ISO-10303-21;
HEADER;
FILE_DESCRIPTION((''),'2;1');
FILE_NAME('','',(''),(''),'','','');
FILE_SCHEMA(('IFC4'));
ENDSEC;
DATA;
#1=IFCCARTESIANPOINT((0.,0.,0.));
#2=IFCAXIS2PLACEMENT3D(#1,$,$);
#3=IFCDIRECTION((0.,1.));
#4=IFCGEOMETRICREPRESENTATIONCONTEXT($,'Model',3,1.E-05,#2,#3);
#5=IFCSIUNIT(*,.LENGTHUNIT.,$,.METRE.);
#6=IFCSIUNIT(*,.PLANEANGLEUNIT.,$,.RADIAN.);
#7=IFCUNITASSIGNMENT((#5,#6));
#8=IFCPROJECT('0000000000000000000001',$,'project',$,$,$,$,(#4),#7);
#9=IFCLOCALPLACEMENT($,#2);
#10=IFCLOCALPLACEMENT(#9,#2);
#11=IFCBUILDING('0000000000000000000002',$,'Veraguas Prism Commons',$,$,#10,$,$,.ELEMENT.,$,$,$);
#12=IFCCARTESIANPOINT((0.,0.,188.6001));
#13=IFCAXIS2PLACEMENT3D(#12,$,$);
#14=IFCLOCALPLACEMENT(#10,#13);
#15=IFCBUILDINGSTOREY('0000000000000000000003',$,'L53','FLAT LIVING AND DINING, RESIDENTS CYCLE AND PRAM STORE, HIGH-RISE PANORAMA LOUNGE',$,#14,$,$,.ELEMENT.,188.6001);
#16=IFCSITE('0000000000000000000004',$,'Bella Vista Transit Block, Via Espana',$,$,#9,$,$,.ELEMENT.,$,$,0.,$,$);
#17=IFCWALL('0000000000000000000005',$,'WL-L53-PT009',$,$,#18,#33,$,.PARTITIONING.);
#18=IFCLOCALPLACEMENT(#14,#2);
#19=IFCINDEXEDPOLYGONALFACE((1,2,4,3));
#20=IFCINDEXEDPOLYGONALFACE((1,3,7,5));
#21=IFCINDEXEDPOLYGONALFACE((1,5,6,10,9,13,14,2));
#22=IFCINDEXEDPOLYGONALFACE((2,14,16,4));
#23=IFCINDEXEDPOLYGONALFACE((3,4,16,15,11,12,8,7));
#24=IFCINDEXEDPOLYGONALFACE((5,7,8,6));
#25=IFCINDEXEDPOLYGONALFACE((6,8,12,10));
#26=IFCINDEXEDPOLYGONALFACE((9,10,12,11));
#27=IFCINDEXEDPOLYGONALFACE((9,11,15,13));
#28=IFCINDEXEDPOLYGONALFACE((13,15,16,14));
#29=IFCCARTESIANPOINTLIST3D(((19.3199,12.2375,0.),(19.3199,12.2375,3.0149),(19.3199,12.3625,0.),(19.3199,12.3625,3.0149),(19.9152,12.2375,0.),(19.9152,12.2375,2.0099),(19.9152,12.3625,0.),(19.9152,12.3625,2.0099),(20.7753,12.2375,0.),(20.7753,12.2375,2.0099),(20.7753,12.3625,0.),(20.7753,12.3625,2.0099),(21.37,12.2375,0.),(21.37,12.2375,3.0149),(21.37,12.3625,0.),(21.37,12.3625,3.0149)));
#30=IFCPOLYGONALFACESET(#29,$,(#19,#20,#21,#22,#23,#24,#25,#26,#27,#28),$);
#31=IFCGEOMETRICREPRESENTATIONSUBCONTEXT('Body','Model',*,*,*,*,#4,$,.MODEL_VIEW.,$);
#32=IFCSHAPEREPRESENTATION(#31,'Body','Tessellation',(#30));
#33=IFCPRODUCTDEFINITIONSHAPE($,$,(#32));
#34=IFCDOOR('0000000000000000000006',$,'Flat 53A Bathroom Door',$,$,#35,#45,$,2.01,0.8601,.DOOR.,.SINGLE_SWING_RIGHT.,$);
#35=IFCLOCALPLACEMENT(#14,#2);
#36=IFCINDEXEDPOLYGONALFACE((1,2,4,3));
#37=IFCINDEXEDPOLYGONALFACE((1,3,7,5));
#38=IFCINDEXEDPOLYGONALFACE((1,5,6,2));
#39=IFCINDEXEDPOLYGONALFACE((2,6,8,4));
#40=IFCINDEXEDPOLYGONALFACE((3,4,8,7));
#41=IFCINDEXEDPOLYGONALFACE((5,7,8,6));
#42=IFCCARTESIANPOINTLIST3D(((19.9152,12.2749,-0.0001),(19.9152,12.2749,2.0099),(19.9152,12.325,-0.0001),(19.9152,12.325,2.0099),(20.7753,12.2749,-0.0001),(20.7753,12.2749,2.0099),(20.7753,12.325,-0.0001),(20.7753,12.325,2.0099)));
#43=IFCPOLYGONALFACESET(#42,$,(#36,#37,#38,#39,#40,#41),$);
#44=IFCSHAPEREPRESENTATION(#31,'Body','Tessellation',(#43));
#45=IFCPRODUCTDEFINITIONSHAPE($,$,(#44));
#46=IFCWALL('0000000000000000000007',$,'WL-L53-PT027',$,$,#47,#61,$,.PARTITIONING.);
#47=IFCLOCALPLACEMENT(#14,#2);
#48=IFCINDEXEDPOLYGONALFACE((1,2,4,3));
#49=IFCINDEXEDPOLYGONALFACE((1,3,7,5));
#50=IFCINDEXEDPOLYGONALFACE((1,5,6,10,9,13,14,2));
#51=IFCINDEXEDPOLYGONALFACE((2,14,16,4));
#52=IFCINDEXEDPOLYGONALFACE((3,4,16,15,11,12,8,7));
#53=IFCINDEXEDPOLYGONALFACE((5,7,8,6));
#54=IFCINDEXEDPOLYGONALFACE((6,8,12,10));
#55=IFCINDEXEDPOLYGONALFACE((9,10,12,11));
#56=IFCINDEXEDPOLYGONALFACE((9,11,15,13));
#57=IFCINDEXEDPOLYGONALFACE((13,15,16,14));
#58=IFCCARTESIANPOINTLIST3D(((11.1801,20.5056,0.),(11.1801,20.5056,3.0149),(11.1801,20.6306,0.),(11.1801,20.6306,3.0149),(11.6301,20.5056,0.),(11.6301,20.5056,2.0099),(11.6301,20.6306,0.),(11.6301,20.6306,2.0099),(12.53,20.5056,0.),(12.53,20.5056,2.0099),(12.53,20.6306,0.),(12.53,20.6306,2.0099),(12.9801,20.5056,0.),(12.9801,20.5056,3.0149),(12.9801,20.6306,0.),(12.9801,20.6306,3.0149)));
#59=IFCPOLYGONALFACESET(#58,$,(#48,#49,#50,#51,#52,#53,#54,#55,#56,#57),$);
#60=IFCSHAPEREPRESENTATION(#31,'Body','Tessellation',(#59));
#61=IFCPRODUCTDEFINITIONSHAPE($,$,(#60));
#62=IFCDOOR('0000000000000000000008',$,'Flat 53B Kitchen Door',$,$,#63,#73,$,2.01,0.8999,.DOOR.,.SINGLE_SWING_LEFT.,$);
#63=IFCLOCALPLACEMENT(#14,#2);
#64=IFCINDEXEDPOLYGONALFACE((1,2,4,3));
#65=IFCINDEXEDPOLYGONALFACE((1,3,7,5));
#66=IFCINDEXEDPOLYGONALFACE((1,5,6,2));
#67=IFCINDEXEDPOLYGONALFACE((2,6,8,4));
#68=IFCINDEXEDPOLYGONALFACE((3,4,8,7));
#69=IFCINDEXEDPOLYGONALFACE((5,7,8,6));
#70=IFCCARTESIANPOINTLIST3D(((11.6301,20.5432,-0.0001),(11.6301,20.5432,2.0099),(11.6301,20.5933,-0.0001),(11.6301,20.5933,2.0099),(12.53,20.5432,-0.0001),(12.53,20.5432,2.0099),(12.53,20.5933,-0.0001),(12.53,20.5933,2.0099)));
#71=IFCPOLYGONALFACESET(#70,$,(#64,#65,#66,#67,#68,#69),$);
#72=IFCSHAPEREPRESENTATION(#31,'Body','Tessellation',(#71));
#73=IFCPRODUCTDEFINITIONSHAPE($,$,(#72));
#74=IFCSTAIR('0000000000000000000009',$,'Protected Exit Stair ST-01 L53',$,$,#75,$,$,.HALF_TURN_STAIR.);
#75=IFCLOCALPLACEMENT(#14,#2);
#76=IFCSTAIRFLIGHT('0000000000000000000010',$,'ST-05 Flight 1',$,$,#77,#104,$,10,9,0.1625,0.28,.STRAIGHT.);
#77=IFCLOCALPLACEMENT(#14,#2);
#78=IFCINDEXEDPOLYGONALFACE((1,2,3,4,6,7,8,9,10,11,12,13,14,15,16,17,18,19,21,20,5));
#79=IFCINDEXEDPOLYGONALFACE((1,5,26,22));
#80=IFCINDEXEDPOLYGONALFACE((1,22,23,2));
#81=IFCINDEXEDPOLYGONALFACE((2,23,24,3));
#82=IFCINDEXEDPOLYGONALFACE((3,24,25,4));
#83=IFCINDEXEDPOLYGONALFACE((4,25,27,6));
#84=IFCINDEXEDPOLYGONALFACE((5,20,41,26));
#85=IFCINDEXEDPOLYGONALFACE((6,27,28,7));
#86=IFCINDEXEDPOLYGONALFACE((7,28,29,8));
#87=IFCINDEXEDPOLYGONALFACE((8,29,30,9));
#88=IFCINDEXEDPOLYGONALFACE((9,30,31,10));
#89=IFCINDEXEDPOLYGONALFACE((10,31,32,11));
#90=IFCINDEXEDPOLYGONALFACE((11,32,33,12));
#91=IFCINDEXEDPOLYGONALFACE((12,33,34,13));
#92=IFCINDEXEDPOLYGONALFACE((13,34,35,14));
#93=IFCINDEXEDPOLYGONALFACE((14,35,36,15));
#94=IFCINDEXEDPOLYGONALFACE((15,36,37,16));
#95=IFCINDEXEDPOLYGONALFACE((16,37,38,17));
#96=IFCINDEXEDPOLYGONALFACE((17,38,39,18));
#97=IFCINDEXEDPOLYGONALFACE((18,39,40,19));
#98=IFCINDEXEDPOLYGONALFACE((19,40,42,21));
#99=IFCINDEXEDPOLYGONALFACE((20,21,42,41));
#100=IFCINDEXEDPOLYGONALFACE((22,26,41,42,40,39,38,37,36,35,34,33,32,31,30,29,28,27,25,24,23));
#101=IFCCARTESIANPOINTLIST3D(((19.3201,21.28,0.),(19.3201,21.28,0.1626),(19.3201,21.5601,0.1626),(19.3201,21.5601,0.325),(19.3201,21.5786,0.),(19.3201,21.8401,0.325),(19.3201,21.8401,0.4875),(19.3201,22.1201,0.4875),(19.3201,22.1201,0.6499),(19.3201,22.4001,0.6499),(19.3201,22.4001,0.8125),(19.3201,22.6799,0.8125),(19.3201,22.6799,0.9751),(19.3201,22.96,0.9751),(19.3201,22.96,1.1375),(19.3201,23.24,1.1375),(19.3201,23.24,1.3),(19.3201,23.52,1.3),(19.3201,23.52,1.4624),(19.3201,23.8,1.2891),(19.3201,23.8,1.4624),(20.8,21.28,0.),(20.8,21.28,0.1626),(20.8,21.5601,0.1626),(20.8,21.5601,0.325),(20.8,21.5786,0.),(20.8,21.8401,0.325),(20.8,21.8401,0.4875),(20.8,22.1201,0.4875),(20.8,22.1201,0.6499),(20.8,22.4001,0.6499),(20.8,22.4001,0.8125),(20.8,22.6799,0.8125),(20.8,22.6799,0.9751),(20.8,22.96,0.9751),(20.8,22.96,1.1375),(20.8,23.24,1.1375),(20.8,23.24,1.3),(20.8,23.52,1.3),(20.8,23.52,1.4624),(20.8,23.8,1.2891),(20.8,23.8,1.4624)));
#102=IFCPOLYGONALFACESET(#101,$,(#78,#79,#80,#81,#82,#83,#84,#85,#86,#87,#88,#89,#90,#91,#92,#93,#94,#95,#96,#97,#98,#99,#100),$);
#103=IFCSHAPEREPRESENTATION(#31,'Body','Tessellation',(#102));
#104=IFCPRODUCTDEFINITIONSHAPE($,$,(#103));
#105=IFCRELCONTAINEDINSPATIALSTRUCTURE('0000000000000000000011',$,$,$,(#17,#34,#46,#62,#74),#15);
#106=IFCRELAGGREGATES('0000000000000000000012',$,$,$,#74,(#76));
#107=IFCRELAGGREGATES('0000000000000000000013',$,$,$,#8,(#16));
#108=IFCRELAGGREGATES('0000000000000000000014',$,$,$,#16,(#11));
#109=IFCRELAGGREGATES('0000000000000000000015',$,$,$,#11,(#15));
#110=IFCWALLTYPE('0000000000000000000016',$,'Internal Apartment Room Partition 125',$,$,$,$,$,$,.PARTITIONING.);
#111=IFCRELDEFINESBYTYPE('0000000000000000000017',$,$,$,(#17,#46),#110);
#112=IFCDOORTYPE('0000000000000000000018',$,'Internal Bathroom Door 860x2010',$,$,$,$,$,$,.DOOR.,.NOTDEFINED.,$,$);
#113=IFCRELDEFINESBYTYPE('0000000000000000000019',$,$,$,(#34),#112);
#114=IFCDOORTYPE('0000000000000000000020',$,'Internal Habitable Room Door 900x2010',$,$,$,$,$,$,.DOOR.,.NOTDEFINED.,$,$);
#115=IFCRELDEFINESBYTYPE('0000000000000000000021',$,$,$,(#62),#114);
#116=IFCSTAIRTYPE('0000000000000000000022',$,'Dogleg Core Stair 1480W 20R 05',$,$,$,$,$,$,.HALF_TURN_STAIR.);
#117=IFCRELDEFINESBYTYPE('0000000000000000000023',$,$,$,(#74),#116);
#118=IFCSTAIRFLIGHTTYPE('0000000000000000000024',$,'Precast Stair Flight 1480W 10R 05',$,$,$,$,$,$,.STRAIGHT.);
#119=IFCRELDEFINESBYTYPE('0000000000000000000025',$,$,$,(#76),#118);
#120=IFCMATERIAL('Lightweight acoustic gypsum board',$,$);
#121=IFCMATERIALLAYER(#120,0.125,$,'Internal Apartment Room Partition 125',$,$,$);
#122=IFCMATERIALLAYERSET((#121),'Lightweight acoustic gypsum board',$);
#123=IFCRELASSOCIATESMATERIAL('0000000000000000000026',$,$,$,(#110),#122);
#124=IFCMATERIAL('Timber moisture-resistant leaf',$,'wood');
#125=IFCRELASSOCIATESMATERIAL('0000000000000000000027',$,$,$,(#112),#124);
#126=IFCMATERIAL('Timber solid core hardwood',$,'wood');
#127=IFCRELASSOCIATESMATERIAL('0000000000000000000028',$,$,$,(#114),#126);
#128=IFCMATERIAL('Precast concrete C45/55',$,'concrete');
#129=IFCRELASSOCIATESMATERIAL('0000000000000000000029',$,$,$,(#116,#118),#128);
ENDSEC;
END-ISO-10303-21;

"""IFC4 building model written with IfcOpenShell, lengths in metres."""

from ifc_helpers import new_model, si_unit, direction, frame, frame_2d, origin, place, context, subcontext, project, spatial, polyline, rectangle, outline, extrude, source, transform, mapped, material, layer, layer_set, type_object, element, fill, aggregate, save


model = new_model("IFC4")

# Units and contexts
model_context = context("Model", 3, precision=1e-05, world=origin(), true_north=direction((0.0, 1.0)))
body_context = subcontext(model_context, "Body", "Model", "MODEL_VIEW")
ifc_project = project(units=[si_unit("LENGTHUNIT", "METRE"), si_unit("PLANEANGLEUNIT", "RADIAN")], contexts=[model_context])

# Site, building, storey
site_placement = place(None, origin())
site = spatial("IfcSite", under=ifc_project, at=site_placement, Name="Bella Vista Transit Block, Via Espana", CompositionType="ELEMENT", RefElevation=0.0)
building_placement = place(site_placement, origin())
building = spatial("IfcBuilding", under=site, at=building_placement, Name="Veraguas Prism Commons", CompositionType="ELEMENT")
storey_placement = place(building_placement, frame((0.0, 0.0, 188.6001)))
storey = spatial("IfcBuildingStorey", under=building, at=storey_placement, Name="L53", Description="FLAT LIVING AND DINING, RESIDENTS CYCLE AND PRAM STORE, HIGH-RISE PANORAMA LOUNGE", CompositionType="ELEMENT", Elevation=188.6001)

# Walls, openings, doors
ifc_material_1 = material(Name="Lightweight acoustic gypsum board")
ifc_layer_1 = layer(ifc_material_1, 0.125, Name="Internal Apartment Room Partition 125")
ifc_layer_set_1 = layer_set([ifc_layer_1], Name="Lightweight acoustic gypsum board")
wall_type_1 = type_object("IfcWallType", Name="Internal Apartment Room Partition 125", PredefinedType="PARTITIONING", material=ifc_layer_set_1)
wall_1_placement = place(storey_placement, frame((19.3201, 12.3, 0.0), z_axis=(0.0, 0.0, 1.0), x_axis=(1.0, 0.0, 0.0)))
wall_1 = element("IfcWall", 1, at=wall_1_placement, inside=storey, type_object=wall_type_1, Name="WL-L53-PT009", PredefinedType="PARTITIONING", context=body_context, shape_type="SweptSolid", body=[
    extrude(rectangle(XDim=2.05, YDim=0.125, at=frame_2d((1.0249, 0.0))), origin(), (0.0, 0.0, 1.0), 3.0149),
])
opening_1_placement = place(wall_1_placement, frame((0.595, 0.0, 0.0)))
opening_1 = element("IfcOpeningElement", 2, at=opening_1_placement, cuts=wall_1, PredefinedType="OPENING", context=body_context, shape_type="SweptSolid", body=[
    extrude(rectangle(XDim=0.8601, YDim=2.01, at=frame_2d((0.4302, 1.0049))), frame((0.0, 0.0725, 0.0), z_axis=(0.0, -1.0, 0.0), x_axis=(1.0, 0.0, 0.0)), (0.0, 0.0, 1.0), 0.145),
])
ifc_material_2 = material(Name="Timber moisture-resistant leaf", Category="wood")
door_type_1 = type_object("IfcDoorType", Name="Internal Bathroom Door 860x2010", OperationType="NOTDEFINED", PredefinedType="DOOR", material=ifc_material_2)
shared_shape_1 = source(origin(), body_context, "Body", "SweptSolid", [
    extrude(rectangle(XDim=0.8601, YDim=2.01, at=frame_2d((0.4302, 1.0049))), frame((0.0, 0.0249, 0.0), z_axis=(0.0, -1.0, 0.0), x_axis=(1.0, 0.0, 0.0)), (0.0, 0.0, 1.0), 0.05),
])
door_1_placement = place(opening_1_placement, origin())
door_1 = element("IfcDoor", 3, at=door_1_placement, inside=storey, type_object=door_type_1, Name="Flat 53A Bathroom Door", OperationType="SINGLE_SWING_RIGHT", OverallHeight=2.01, OverallWidth=0.8601, PredefinedType="DOOR", context=body_context, shape_type="MappedRepresentation", body=[
    mapped(shared_shape_1, transform((0.0, 0.0, 0.0), scale=1.0)),
])
fill(opening_1, door_1)
wall_2_placement = place(storey_placement, frame((12.98, 20.5681, 0.0), z_axis=(0.0, 0.0, 1.0), x_axis=(-1.0, 0.0, 0.0)))
wall_2 = element("IfcWall", 4, at=wall_2_placement, inside=storey, type_object=wall_type_1, Name="WL-L53-PT027", PredefinedType="PARTITIONING", context=body_context, shape_type="SweptSolid", body=[
    extrude(rectangle(XDim=1.8, YDim=0.125, at=frame_2d((0.8999, 0.0))), origin(), (0.0, 0.0, 1.0), 3.0149),
])
opening_2_placement = place(wall_2_placement, frame((0.45, 0.0, 0.0)))
opening_2 = element("IfcOpeningElement", 5, at=opening_2_placement, cuts=wall_2, PredefinedType="OPENING", context=body_context, shape_type="SweptSolid", body=[
    extrude(rectangle(XDim=0.8999, YDim=2.01, at=frame_2d((0.45, 1.0049))), frame((0.0, 0.0725, 0.0), z_axis=(0.0, -1.0, 0.0), x_axis=(1.0, 0.0, 0.0)), (0.0, 0.0, 1.0), 0.145),
])
ifc_material_3 = material(Name="Timber solid core hardwood", Category="wood")
door_type_2 = type_object("IfcDoorType", Name="Internal Habitable Room Door 900x2010", OperationType="NOTDEFINED", PredefinedType="DOOR", material=ifc_material_3)
shared_shape_2 = source(origin(), body_context, "Body", "SweptSolid", [
    extrude(rectangle(XDim=0.8999, YDim=2.01, at=frame_2d((0.45, 1.0049))), frame((0.0, 0.0249, 0.0), z_axis=(0.0, -1.0, 0.0), x_axis=(1.0, 0.0, 0.0)), (0.0, 0.0, 1.0), 0.05),
])
door_2_placement = place(opening_2_placement, origin())
door_2 = element("IfcDoor", 6, at=door_2_placement, inside=storey, type_object=door_type_2, Name="Flat 53B Kitchen Door", OperationType="SINGLE_SWING_LEFT", OverallHeight=2.01, OverallWidth=0.8999, PredefinedType="DOOR", context=body_context, shape_type="MappedRepresentation", body=[
    mapped(shared_shape_2, transform((0.0, 0.0, 0.0), scale=1.0)),
])
fill(opening_2, door_2)

# Stair, stair flight
ifc_material_4 = material(Name="Precast concrete C45/55", Category="concrete")
stair_type = type_object("IfcStairType", Name="Dogleg Core Stair 1480W 20R 05", PredefinedType="HALF_TURN_STAIR", material=ifc_material_4)
stair_placement = place(storey_placement, origin())
stair = element("IfcStair", 7, at=stair_placement, inside=storey, type_object=stair_type, Name="Protected Exit Stair ST-01 L53", PredefinedType="HALF_TURN_STAIR")
stair_flight_type = type_object("IfcStairFlightType", Name="Precast Stair Flight 1480W 10R 05", PredefinedType="STRAIGHT", material=ifc_material_4)
stair_flight_placement = place(storey_placement, frame((20.0601, 21.28, 0.0), z_axis=(0.0, 0.0, 1.0), x_axis=(0.0, 1.0, 0.0)))
stair_flight = element("IfcStairFlight", 8, at=stair_flight_placement, type_object=stair_flight_type, Name="ST-05 Flight 1", NumberOfRisers=10, NumberOfTreads=9, PredefinedType="STRAIGHT", RiserHeight=0.1625, TreadLength=0.28, context=body_context, shape_type="SweptSolid", body=[
    extrude(outline(polyline([(0.0, 0.0), (0.0, 0.1626), (0.28, 0.1626), (0.28, 0.325), (0.5601, 0.325), (0.5601, 0.4875), (0.8401, 0.4875), (0.8401, 0.6499), (1.1201, 0.6499), (1.1201, 0.8125), (1.3999, 0.8125), (1.3999, 0.9751), (1.6799, 0.9751), (1.6799, 1.1375), (1.96, 1.1375), (1.96, 1.3), (2.24, 1.3), (2.24, 1.4624), (2.52, 1.4624), (2.52, 1.625), (2.52, 1.2891), (0.2986, 0.0), (0.0, 0.0)])), frame((0.0, 0.74, 0.0), z_axis=(0.0, -1.0, 0.0), x_axis=(1.0, 0.0, 0.0)), (0.0, 0.0, 1.0), 1.48),
])
aggregate(stair, [stair_flight])

save(model, "model.ifc")
